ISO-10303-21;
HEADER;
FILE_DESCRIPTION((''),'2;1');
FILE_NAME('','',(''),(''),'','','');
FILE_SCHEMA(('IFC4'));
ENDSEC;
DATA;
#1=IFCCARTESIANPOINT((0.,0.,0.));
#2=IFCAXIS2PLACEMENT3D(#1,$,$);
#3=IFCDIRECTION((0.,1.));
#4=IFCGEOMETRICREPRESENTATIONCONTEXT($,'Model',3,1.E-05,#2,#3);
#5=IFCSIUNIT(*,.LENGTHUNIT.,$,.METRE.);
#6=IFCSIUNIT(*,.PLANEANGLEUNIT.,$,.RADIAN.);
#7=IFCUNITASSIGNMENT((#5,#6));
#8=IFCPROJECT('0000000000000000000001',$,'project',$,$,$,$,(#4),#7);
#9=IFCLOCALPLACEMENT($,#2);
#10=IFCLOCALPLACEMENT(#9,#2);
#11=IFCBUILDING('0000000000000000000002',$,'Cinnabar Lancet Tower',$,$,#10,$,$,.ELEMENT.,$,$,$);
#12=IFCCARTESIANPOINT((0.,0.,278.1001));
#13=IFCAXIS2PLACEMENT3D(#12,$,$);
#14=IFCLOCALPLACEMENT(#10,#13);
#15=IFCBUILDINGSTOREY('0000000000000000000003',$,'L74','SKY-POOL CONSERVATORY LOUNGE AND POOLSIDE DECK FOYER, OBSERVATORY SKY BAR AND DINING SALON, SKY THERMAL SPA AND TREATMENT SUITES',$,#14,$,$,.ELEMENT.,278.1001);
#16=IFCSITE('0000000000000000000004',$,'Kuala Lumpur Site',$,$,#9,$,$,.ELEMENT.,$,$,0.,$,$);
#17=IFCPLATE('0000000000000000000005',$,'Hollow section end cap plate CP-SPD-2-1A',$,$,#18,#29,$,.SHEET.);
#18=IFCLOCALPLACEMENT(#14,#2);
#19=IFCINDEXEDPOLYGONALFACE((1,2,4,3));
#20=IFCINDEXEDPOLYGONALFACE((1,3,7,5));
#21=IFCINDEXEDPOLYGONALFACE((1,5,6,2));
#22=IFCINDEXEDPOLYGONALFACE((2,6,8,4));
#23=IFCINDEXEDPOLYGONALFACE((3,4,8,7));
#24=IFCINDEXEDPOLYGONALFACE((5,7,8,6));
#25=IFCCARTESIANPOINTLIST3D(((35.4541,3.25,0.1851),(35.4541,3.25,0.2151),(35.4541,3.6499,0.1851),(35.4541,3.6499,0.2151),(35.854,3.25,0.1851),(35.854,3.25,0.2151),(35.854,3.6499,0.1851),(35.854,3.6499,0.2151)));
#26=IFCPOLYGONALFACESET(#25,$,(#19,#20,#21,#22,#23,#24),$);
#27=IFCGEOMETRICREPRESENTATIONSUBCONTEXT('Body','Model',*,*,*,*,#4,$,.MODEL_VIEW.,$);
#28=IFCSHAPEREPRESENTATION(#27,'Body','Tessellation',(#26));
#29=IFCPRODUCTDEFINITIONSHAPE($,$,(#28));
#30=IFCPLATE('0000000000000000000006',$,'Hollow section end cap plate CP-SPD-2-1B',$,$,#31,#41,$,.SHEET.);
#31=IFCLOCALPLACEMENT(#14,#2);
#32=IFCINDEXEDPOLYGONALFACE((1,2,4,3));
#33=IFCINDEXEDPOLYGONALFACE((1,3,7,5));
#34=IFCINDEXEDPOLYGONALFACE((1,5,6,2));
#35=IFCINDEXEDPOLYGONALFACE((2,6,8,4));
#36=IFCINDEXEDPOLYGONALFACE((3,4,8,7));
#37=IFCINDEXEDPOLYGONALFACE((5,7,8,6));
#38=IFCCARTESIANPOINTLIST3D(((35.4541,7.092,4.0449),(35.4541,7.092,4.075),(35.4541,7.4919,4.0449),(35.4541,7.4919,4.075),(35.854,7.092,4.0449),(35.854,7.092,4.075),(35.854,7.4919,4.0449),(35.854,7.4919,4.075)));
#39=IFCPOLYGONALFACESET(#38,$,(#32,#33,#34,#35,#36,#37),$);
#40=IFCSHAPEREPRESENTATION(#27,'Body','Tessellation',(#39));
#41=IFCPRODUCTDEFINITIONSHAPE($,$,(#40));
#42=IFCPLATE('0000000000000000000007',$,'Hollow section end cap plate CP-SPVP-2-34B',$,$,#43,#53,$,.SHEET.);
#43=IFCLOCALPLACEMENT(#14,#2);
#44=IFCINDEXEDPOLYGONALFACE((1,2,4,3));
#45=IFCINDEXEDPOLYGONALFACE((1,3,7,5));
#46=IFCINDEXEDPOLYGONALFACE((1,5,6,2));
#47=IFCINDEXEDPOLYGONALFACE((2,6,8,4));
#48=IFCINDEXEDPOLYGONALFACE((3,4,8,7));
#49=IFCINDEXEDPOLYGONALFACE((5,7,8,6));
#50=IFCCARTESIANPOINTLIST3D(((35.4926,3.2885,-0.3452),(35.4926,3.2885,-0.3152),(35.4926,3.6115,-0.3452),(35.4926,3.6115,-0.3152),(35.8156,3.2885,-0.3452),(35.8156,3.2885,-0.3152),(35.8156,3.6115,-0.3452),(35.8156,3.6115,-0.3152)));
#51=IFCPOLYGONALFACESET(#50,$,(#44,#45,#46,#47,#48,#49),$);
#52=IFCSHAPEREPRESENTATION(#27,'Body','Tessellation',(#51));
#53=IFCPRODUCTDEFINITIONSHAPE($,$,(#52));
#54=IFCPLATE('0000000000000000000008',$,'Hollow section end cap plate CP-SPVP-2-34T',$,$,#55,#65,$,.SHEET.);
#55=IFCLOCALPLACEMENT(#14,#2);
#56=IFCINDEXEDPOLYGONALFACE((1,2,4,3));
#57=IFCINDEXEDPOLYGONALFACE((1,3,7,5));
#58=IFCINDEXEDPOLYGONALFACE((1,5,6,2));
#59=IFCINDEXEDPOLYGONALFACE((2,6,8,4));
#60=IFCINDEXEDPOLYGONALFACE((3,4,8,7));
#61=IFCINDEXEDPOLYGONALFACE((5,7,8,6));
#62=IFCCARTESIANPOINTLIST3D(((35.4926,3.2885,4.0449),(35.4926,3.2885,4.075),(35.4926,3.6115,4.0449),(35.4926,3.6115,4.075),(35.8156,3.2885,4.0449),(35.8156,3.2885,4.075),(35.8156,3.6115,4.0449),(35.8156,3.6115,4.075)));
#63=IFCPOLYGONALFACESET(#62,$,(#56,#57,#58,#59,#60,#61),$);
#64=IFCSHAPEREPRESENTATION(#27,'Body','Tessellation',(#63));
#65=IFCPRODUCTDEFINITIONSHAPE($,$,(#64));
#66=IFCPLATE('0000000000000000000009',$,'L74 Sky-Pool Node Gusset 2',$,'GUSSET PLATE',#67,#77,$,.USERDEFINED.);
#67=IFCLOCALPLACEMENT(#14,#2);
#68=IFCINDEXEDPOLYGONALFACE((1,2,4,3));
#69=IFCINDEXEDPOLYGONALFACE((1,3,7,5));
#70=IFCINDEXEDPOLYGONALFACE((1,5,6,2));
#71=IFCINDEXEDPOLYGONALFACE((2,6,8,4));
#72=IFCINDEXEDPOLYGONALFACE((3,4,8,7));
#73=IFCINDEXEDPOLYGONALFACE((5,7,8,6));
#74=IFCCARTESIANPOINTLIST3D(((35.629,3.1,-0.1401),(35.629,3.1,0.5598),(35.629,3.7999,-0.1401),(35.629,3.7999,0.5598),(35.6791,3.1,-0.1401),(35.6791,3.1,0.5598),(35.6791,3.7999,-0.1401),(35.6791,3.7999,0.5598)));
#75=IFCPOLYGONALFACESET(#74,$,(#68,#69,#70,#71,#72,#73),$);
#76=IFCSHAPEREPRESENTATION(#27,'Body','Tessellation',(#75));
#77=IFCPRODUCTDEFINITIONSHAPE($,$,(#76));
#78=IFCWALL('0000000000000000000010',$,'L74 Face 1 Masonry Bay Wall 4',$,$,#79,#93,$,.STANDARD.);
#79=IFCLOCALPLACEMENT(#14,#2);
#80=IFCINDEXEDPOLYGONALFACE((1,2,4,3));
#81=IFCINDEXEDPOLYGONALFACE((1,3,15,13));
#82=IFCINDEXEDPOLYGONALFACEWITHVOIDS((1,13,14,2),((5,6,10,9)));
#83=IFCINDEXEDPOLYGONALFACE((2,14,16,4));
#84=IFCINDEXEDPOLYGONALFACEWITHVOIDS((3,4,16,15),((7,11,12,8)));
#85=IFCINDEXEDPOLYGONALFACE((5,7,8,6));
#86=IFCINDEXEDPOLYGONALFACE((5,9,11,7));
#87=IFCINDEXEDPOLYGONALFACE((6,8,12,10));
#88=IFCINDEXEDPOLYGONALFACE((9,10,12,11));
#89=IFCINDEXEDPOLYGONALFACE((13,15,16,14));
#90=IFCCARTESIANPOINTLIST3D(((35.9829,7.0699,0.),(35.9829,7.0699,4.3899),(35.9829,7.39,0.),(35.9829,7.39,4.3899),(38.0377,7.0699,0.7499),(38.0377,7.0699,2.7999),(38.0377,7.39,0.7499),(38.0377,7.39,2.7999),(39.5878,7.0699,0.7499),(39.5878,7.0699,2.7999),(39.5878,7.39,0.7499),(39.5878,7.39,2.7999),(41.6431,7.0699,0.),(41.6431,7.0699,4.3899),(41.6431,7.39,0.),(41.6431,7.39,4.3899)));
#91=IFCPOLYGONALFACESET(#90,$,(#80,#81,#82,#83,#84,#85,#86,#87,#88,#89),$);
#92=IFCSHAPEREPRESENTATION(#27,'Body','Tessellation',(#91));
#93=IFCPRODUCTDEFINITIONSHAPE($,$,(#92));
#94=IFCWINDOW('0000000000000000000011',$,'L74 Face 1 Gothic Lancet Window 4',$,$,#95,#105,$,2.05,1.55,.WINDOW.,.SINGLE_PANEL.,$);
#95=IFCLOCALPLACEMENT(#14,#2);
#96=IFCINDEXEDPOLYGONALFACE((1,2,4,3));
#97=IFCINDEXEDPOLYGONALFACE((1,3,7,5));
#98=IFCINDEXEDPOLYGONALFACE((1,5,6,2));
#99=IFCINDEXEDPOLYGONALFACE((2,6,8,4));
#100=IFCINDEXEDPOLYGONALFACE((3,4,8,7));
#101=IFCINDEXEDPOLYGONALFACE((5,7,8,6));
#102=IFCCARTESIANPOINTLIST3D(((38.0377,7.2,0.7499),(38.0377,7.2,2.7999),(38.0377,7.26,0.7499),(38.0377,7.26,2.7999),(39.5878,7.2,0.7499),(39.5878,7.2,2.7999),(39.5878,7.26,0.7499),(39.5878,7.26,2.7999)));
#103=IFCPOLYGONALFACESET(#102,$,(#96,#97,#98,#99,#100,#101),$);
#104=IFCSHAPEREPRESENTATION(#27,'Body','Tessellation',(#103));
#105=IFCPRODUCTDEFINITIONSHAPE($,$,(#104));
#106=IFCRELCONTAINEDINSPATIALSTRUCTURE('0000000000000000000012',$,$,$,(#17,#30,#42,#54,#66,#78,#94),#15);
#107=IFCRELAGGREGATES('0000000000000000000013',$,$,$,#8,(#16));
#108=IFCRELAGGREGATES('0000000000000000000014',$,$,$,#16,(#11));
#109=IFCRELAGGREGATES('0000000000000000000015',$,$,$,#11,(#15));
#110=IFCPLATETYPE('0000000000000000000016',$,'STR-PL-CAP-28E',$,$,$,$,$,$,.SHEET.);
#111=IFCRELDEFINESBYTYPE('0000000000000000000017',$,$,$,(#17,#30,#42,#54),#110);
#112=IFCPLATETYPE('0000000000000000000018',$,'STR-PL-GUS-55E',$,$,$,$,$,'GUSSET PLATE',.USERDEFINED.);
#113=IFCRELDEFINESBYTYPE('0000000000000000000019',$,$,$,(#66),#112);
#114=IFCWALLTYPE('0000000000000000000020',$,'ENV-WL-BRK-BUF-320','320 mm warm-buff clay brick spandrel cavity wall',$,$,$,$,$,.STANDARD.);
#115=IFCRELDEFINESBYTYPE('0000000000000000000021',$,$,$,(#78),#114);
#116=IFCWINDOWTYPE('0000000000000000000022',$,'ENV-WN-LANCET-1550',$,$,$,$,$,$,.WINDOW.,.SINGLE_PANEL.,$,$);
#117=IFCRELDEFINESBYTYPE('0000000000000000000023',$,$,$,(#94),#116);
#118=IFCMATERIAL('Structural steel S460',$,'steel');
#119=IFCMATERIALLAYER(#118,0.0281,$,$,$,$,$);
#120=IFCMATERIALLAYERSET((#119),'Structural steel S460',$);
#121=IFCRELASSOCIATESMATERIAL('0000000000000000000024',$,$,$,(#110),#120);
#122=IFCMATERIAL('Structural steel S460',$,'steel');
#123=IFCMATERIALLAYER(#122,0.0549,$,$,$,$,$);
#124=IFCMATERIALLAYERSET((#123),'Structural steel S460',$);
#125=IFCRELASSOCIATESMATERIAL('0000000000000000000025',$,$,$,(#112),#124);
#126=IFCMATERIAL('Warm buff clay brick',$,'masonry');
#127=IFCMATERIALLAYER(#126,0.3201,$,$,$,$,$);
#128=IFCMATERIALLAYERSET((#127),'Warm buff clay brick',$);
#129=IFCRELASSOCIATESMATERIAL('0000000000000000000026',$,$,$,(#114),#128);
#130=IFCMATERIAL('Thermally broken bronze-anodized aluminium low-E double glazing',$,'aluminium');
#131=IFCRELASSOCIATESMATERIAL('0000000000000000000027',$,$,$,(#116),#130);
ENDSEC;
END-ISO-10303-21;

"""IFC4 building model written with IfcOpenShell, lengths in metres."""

from ifc_helpers import new_model, si_unit, direction, frame, frame_2d, origin, origin_2d, place, context, subcontext, project, spatial, rectangle, extrude, material, layer, layer_set, type_object, element, fill, save


model = new_model("IFC4")

# Units and contexts
model_context = context("Model", 3, precision=1e-05, world=origin(), true_north=direction((0.0, 1.0)))
body_context = subcontext(model_context, "Body", "Model", "MODEL_VIEW")
ifc_project = project(units=[si_unit("LENGTHUNIT", "METRE"), si_unit("PLANEANGLEUNIT", "RADIAN")], contexts=[model_context])

# Site, building, storey
site_placement = place(None, origin())
site = spatial("IfcSite", under=ifc_project, at=site_placement, Name="Kuala Lumpur Site", CompositionType="ELEMENT", RefElevation=0.0)
building_placement = place(site_placement, origin())
building = spatial("IfcBuilding", under=site, at=building_placement, Name="Cinnabar Lancet Tower", CompositionType="ELEMENT")
storey_placement = place(building_placement, frame((0.0, 0.0, 278.1001)))
storey = spatial("IfcBuildingStorey", under=building, at=storey_placement, Name="L74", Description="SKY-POOL CONSERVATORY LOUNGE AND POOLSIDE DECK FOYER, OBSERVATORY SKY BAR AND DINING SALON, SKY THERMAL SPA AND TREATMENT SUITES", CompositionType="ELEMENT", Elevation=278.1001)

# Plates
ifc_material_1 = material(Name="Structural steel S460", Category="steel")
ifc_layer_1 = layer(ifc_material_1, 0.0281)
ifc_layer_set_1 = layer_set([ifc_layer_1], Name="Structural steel S460")
plate_type_1 = type_object("IfcPlateType", Name="STR-PL-CAP-28E", PredefinedType="SHEET", material=ifc_layer_set_1)
for number, where, z_axis, x_axis, name in (
    (1, (35.6541, 3.45, 0.1851), (0.0, 0.0, 1.0), (0.0, -1.0, 0.0), "Hollow section end cap plate CP-SPD-2-1A"),
    (2, (35.6541, 7.292, 4.0449), (0.0, 0.0, 1.0), (0.0, 1.0, 0.0), "Hollow section end cap plate CP-SPD-2-1B"),
):
    element("IfcPlate", number, at=place(storey_placement, frame(where, z_axis=z_axis, x_axis=x_axis)), inside=storey, type_object=plate_type_1, Name=name, PredefinedType="SHEET", context=body_context, shape_type="SweptSolid", body=[
        extrude(rectangle(XDim=0.3999, YDim=0.3999, at=origin_2d()), origin(), (0.0, 0.0, 1.0), 0.03),
    ])
for number, where, z_axis, x_axis, name in (
    (3, (35.6541, 3.45, -0.3452), (0.0, 0.0, 1.0), (1.0, 0.0, 0.0), "Hollow section end cap plate CP-SPVP-2-34B"),
    (4, (35.6541, 3.45, 4.0449), (0.0, 0.0, 1.0), (1.0, 0.0, 0.0), "Hollow section end cap plate CP-SPVP-2-34T"),
):
    element("IfcPlate", number, at=place(storey_placement, frame(where, z_axis=z_axis, x_axis=x_axis)), inside=storey, type_object=plate_type_1, Name=name, PredefinedType="SHEET", context=body_context, shape_type="SweptSolid", body=[
        extrude(rectangle(XDim=0.323, YDim=0.323, at=origin_2d()), origin(), (0.0, 0.0, 1.0), 0.03),
    ])
ifc_material_2 = material(Name="Structural steel S460", Category="steel")
ifc_layer_2 = layer(ifc_material_2, 0.0549)
ifc_layer_set_2 = layer_set([ifc_layer_2], Name="Structural steel S460")
plate_type_2 = type_object("IfcPlateType", Name="STR-PL-GUS-55E", ElementType="GUSSET PLATE", PredefinedType="USERDEFINED", material=ifc_layer_set_2)
plate_1_placement = place(storey_placement, frame((35.6541, 3.45, -0.1401), z_axis=(0.0, 0.0, 1.0), x_axis=(1.0, 0.0, 0.0)))
element("IfcPlate", 5, at=plate_1_placement, inside=storey, type_object=plate_type_2, Name="L74 Sky-Pool Node Gusset 2", ObjectType="GUSSET PLATE", PredefinedType="USERDEFINED", context=body_context, shape_type="SweptSolid", body=[
    extrude(rectangle(XDim=0.05, YDim=0.7, at=origin_2d()), origin(), (0.0, 0.0, 1.0), 0.7),
])

# Shared definitions
ifc_material_3 = material(Name="Warm buff clay brick", Category="masonry")
ifc_layer_3 = layer(ifc_material_3, 0.3201)
ifc_layer_set_3 = layer_set([ifc_layer_3], Name="Warm buff clay brick")
wall_type = type_object("IfcWallType", Name="ENV-WL-BRK-BUF-320", Description="320 mm warm-buff clay brick spandrel cavity wall", PredefinedType="STANDARD", material=ifc_layer_set_3)

# Wall, opening, window
wall_1_placement = place(storey_placement, frame((35.9829, 7.23, 0.0), z_axis=(0.0, 0.0, 1.0), x_axis=(1.0, 0.0, 0.0)))
wall_1 = element("IfcWall", 6, at=wall_1_placement, inside=storey, type_object=wall_type, Name="L74 Face 1 Masonry Bay Wall 4", PredefinedType="STANDARD", context=body_context, shape_type="SweptSolid", body=[
    extrude(rectangle(XDim=5.6602, YDim=0.3201, at=frame_2d((2.8301, 0.0))), origin(), (0.0, 0.0, 1.0), 4.3899),
])
opening_1_placement = place(wall_1_placement, frame((2.0549, 0.0, 0.75)))
opening_1 = element("IfcOpeningElement", 7, at=opening_1_placement, cuts=wall_1, PredefinedType="OPENING", context=body_context, shape_type="SweptSolid", body=[
    extrude(rectangle(XDim=1.55, YDim=2.05, at=frame_2d((0.7749, 1.0249))), frame((0.0, 0.1699, 0.0), z_axis=(0.0, -1.0, 0.0), x_axis=(1.0, 0.0, 0.0)), (0.0, 0.0, 1.0), 0.3401),
])
ifc_material_4 = material(Name="Thermally broken bronze-anodized aluminium low-E double glazing", Category="aluminium")
window_type = type_object("IfcWindowType", Name="ENV-WN-LANCET-1550", PartitioningType="SINGLE_PANEL", PredefinedType="WINDOW", material=ifc_material_4)
window_placement = place(opening_1_placement, origin())
window = element("IfcWindow", 8, at=window_placement, inside=storey, type_object=window_type, Name="L74 Face 1 Gothic Lancet Window 4", OverallHeight=2.05, OverallWidth=1.55, PartitioningType="SINGLE_PANEL", PredefinedType="WINDOW", context=body_context, shape_type="SweptSolid", body=[
    extrude(rectangle(XDim=1.55, YDim=2.05, at=frame_2d((0.7749, 1.0249))), frame((0.0, 0.03, 0.0), z_axis=(0.0, -1.0, 0.0), x_axis=(1.0, 0.0, 0.0)), (0.0, 0.0, 1.0), 0.0601),
])
fill(opening_1, window)

save(model, "model.ifc")
